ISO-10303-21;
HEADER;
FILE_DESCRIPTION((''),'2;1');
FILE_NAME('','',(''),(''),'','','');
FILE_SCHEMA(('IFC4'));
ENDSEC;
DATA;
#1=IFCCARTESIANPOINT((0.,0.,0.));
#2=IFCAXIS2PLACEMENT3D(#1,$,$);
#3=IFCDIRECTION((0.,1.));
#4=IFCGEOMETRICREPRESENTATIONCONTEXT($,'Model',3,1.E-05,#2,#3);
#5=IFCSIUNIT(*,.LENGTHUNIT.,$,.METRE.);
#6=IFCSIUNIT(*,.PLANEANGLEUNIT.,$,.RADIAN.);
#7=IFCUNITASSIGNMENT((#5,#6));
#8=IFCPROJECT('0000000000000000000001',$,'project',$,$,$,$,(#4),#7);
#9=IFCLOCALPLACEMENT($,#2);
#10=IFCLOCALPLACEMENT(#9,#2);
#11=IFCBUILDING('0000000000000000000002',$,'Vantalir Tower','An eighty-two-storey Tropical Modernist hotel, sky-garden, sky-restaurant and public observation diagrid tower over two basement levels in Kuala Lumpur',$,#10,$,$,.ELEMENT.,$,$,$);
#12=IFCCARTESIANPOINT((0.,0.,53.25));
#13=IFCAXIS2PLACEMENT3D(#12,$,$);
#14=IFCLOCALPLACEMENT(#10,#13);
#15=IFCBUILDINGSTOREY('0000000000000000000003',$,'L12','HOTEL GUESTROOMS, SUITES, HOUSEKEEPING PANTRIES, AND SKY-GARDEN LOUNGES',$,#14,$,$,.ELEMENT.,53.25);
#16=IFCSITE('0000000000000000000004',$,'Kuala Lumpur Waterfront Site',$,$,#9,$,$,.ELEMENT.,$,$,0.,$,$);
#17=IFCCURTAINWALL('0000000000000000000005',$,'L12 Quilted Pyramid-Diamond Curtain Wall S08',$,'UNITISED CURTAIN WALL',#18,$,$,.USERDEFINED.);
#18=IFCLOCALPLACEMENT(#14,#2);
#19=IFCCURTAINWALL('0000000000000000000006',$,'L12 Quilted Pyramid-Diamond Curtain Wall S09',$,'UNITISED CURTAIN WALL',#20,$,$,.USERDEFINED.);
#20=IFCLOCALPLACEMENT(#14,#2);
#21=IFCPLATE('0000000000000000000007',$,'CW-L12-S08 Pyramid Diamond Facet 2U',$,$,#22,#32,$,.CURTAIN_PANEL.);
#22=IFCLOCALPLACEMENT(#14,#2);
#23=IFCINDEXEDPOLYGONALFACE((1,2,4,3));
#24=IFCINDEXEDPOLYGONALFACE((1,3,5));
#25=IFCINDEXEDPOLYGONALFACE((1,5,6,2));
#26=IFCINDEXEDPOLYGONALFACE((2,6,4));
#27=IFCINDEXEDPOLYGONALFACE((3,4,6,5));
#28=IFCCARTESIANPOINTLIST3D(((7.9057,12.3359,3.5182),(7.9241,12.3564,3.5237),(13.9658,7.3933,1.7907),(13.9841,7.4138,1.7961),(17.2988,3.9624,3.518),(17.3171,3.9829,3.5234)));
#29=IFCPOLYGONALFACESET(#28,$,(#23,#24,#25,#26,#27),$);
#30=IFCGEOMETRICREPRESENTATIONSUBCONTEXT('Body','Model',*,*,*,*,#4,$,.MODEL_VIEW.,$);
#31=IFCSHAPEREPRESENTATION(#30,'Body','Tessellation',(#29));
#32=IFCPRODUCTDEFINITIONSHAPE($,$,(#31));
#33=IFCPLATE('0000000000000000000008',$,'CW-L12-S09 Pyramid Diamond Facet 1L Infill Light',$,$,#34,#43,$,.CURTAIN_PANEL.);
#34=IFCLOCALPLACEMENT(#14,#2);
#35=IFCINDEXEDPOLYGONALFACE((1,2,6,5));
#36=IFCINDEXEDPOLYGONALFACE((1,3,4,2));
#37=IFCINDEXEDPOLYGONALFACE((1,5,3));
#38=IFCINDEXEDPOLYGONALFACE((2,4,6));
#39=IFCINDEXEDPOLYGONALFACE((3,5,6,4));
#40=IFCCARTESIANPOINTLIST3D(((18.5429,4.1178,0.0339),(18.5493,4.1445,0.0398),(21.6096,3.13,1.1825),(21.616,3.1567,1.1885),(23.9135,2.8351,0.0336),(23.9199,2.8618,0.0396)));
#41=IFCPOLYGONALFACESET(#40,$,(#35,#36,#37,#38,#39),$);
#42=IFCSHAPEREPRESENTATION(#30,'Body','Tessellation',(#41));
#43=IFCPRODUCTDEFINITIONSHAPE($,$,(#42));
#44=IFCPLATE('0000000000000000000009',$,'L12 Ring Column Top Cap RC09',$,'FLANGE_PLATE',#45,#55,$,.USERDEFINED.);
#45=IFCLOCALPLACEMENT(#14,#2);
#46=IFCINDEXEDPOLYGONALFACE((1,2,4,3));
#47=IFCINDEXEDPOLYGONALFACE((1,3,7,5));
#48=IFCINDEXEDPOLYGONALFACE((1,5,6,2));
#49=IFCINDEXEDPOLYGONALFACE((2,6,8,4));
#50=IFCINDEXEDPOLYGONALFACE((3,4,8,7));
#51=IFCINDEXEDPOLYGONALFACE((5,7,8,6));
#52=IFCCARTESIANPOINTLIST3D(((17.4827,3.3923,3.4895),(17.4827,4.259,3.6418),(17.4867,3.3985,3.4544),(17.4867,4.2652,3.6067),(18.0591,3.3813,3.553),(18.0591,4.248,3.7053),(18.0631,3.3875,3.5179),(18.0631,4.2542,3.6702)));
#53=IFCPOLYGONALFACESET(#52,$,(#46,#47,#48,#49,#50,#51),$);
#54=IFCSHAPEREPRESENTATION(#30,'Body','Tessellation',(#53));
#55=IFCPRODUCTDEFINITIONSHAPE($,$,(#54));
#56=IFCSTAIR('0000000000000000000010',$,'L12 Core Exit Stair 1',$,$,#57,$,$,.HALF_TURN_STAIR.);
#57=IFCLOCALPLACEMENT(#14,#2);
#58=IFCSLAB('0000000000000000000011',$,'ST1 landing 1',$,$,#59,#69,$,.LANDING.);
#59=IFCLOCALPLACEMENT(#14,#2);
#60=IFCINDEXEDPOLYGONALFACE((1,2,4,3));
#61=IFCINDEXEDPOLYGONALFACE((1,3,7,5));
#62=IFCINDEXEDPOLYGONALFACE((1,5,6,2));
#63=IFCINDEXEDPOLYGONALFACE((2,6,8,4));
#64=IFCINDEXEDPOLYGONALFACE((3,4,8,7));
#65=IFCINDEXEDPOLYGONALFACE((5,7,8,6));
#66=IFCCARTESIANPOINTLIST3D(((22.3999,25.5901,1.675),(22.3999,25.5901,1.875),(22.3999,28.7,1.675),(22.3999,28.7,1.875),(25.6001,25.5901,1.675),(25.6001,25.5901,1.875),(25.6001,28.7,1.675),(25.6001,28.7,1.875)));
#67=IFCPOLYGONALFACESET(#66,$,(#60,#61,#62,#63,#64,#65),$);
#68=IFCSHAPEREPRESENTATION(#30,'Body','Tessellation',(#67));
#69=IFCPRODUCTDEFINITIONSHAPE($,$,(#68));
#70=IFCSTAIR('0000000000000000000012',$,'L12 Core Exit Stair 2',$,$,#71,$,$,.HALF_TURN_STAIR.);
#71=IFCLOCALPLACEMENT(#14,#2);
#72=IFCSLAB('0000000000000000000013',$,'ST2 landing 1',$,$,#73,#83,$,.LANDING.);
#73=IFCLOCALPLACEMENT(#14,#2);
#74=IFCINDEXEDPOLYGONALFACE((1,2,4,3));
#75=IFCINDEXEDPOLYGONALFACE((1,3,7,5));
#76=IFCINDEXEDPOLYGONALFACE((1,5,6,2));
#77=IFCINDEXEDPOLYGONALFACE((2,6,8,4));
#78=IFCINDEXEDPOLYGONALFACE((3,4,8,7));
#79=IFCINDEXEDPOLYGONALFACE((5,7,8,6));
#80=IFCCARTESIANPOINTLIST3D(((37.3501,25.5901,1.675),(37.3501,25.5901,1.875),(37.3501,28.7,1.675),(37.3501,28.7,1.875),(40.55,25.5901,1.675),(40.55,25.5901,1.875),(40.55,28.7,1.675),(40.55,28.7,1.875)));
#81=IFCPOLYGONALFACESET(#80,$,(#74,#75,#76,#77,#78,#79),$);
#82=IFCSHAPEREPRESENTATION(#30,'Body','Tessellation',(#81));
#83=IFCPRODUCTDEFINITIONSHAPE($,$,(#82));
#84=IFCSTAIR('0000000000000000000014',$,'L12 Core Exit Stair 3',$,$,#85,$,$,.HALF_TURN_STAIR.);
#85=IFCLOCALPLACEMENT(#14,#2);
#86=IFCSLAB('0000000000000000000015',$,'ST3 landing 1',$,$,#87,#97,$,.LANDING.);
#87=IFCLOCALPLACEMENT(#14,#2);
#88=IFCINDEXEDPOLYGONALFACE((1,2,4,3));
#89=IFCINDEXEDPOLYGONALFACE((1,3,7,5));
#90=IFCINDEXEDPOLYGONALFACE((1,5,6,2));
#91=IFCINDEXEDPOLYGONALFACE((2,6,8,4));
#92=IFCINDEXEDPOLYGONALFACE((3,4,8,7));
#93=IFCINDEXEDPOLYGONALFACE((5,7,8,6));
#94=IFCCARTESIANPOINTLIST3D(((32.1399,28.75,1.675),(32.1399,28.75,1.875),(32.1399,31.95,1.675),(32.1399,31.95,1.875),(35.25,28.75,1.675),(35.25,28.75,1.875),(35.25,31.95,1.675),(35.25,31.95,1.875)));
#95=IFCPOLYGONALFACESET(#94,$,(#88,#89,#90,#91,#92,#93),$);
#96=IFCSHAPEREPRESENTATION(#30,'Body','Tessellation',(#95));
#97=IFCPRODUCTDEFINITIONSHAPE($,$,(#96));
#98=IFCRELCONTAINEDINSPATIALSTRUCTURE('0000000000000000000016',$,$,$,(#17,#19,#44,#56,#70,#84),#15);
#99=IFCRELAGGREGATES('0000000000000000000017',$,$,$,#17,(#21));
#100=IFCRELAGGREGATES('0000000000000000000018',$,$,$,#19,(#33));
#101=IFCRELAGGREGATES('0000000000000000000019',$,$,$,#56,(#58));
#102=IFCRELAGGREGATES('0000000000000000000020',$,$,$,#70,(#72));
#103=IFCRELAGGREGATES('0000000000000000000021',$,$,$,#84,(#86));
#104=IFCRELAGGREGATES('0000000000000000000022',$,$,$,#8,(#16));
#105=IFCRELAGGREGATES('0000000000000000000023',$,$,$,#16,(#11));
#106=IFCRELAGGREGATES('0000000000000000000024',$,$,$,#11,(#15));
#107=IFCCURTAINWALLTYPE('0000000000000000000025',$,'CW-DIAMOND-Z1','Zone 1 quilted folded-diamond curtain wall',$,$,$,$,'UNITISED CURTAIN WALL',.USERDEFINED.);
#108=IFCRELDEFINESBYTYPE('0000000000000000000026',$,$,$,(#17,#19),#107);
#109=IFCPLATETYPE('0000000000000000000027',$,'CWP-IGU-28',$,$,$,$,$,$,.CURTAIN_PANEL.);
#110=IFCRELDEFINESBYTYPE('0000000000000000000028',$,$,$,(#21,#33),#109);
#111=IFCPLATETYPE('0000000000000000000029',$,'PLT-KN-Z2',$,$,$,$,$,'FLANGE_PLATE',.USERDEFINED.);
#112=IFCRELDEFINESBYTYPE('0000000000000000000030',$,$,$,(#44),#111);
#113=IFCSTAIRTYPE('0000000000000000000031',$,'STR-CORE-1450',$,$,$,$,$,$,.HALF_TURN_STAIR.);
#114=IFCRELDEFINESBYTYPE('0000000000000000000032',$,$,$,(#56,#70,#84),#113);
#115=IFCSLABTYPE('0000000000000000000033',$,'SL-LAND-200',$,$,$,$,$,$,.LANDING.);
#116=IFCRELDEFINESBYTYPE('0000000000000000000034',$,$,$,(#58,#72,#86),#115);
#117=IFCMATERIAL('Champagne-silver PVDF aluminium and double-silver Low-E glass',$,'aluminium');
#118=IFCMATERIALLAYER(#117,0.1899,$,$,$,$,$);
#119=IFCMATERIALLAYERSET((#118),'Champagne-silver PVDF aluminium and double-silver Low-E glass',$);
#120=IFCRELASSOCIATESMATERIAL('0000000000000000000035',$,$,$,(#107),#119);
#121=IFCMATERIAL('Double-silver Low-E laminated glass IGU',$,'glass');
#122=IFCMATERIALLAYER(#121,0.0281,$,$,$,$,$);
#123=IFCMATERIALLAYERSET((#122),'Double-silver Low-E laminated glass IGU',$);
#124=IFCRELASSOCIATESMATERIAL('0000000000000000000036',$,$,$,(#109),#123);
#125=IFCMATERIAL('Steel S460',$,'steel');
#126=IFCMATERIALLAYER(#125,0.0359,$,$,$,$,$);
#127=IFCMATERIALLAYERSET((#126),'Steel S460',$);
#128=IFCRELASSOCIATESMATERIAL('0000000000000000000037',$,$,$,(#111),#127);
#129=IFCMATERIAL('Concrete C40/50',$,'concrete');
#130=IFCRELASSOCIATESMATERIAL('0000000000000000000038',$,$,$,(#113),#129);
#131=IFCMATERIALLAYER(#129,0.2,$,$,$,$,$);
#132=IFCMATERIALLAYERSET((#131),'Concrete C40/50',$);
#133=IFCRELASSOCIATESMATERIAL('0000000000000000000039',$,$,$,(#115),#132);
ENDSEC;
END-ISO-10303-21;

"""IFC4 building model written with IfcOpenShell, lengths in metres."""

from ifc_helpers import new_model, si_unit, direction, frame, origin, place, context, subcontext, project, spatial, polyline, outline, extrude, material, layer, layer_set, type_object, element, aggregate, save


model = new_model("IFC4")

# Units and contexts
model_context = context("Model", 3, precision=1e-05, world=origin(), true_north=direction((0.0, 1.0)))
body_context = subcontext(model_context, "Body", "Model", "MODEL_VIEW")
ifc_project = project(units=[si_unit("LENGTHUNIT", "METRE"), si_unit("PLANEANGLEUNIT", "RADIAN")], contexts=[model_context])

# Site, building, storey
site_placement = place(None, origin())
site = spatial("IfcSite", under=ifc_project, at=site_placement, Name="Kuala Lumpur Waterfront Site", CompositionType="ELEMENT", RefElevation=0.0)
building_placement = place(site_placement, origin())
building = spatial("IfcBuilding", under=site, at=building_placement, Name="Vantalir Tower", Description="An eighty-two-storey Tropical Modernist hotel, sky-garden, sky-restaurant and public observation diagrid tower over two basement levels in Kuala Lumpur", CompositionType="ELEMENT")
storey_placement = place(building_placement, frame((0.0, 0.0, 53.25)))
storey = spatial("IfcBuildingStorey", under=building, at=storey_placement, Name="L12", Description="HOTEL GUESTROOMS, SUITES, HOUSEKEEPING PANTRIES, AND SKY-GARDEN LOUNGES", CompositionType="ELEMENT", Elevation=53.25)

# Shared definitions
ifc_material_1 = material(Name="Steel S460", Category="steel")

# Curtain wall
ifc_material_2 = material(Name="Champagne-silver PVDF aluminium and double-silver Low-E glass", Category="aluminium")
ifc_layer_1 = layer(ifc_material_2, 0.1899)
ifc_layer_set_1 = layer_set([ifc_layer_1], Name="Champagne-silver PVDF aluminium and double-silver Low-E glass")
curtain_wall_type = type_object("IfcCurtainWallType", Name="CW-DIAMOND-Z1", Description="Zone 1 quilted folded-diamond curtain wall", ElementType="UNITISED CURTAIN WALL", PredefinedType="USERDEFINED", material=ifc_layer_set_1)
curtain_wall_1_placement = place(storey_placement, origin())
curtain_wall_1 = element("IfcCurtainWall", 1, at=curtain_wall_1_placement, inside=storey, type_object=curtain_wall_type, Name="L12 Quilted Pyramid-Diamond Curtain Wall S08", ObjectType="UNITISED CURTAIN WALL", PredefinedType="USERDEFINED")

# Curtain wall
curtain_wall_2_placement = place(storey_placement, origin())
curtain_wall_2 = element("IfcCurtainWall", 2, at=curtain_wall_2_placement, inside=storey, type_object=curtain_wall_type, Name="L12 Quilted Pyramid-Diamond Curtain Wall S09", ObjectType="UNITISED CURTAIN WALL", PredefinedType="USERDEFINED")

# Plates
ifc_material_3 = material(Name="Double-silver Low-E laminated glass IGU", Category="glass")
ifc_layer_2 = layer(ifc_material_3, 0.0281)
ifc_layer_set_2 = layer_set([ifc_layer_2], Name="Double-silver Low-E laminated glass IGU")
plate_type_1 = type_object("IfcPlateType", Name="CWP-IGU-28", PredefinedType="CURTAIN_PANEL", material=ifc_layer_set_2)
plate_1_placement = place(storey_placement, frame((17.3171, 3.9829, 3.5234), z_axis=(0.652686, 0.732149, 0.19483), x_axis=(-0.746456, 0.665435, 0.000019)))
plate_1 = element("IfcPlate", 3, at=plate_1_placement, type_object=plate_type_1, Name="CW-L12-S08 Pyramid Diamond Facet 2U", PredefinedType="CURTAIN_PANEL", context=body_context, shape_type="SweptSolid", body=[
    extrude(outline(polyline([(0.0, 0.0), (12.5836, 0.0), (4.771, -1.7611), (0.0, 0.0)])), origin(), (0.0, 0.0, -1.0), 0.0281),
])
aggregate(curtain_wall_1, [plate_1])
plate_2_placement = place(storey_placement, frame((18.5493, 4.1445, 0.0398), z_axis=(0.227069, 0.950677, 0.211312), x_axis=(0.972643, -0.232306, -0.000044)))
plate_2 = element("IfcPlate", 4, at=plate_2_placement, type_object=plate_type_1, Name="CW-L12-S09 Pyramid Diamond Facet 1L Infill Light", PredefinedType="CURTAIN_PANEL", context=body_context, shape_type="SweptSolid", body=[
    extrude(outline(polyline([(0.0, 0.0), (5.5217, 0.0), (3.2122, -1.1754), (0.0, 0.0)])), origin(), (0.0, 0.0, -1.0), 0.0281),
])
aggregate(curtain_wall_2, [plate_2])
ifc_layer_3 = layer(ifc_material_1, 0.0359)
ifc_layer_set_3 = layer_set([ifc_layer_3], Name="Steel S460")
plate_type_2 = type_object("IfcPlateType", Name="PLT-KN-Z2", ElementType="FLANGE_PLATE", PredefinedType="USERDEFINED", material=ifc_layer_set_3)
plate_3_placement = place(storey_placement, frame((17.4827, 4.259, 3.6418), z_axis=(-0.111068, -0.172049, 0.978807), x_axis=(0.0, -0.984901, -0.173121)))
element("IfcPlate", 5, at=plate_3_placement, inside=storey, type_object=plate_type_2, Name="L12 Ring Column Top Cap RC09", ObjectType="FLANGE_PLATE", PredefinedType="USERDEFINED", context=body_context, shape_type="SweptSolid", body=[
    extrude(outline(polyline([(0.0, 0.0), (0.88, 0.0), (0.8798, 0.58), (-0.0002, 0.58), (0.0, 0.0)])), origin(), (0.0, 0.0, -1.0), 0.0359),
])

# Stairs, slabs
ifc_material_4 = material(Name="Concrete C40/50", Category="concrete")
stair_type = type_object("IfcStairType", Name="STR-CORE-1450", PredefinedType="HALF_TURN_STAIR", material=ifc_material_4)
stair_1_placement = place(storey_placement, origin())
stair_1 = element("IfcStair", 6, at=stair_1_placement, inside=storey, type_object=stair_type, Name="L12 Core Exit Stair 1", PredefinedType="HALF_TURN_STAIR")
ifc_layer_4 = layer(ifc_material_4, 0.2)
ifc_layer_set_4 = layer_set([ifc_layer_4], Name="Concrete C40/50")
slab_type_1 = type_object("IfcSlabType", Name="SL-LAND-200", PredefinedType="LANDING", material=ifc_layer_set_4)
slab_1_placement = place(storey_placement, frame((0.0, 0.0, 1.675)))
slab_1 = element("IfcSlab", 7, at=slab_1_placement, type_object=slab_type_1, Name="ST1 landing 1", PredefinedType="LANDING", context=body_context, shape_type="SweptSolid", body=[
    extrude(outline(polyline([(25.6001, 25.5901), (25.6001, 28.7), (22.3999, 28.7), (22.3999, 25.5901), (25.6001, 25.5901)])), origin(), (0.0, 0.0, 1.0), 0.2),
])
aggregate(stair_1, [slab_1])
stair_2_placement = place(storey_placement, origin())
stair_2 = element("IfcStair", 8, at=stair_2_placement, inside=storey, type_object=stair_type, Name="L12 Core Exit Stair 2", PredefinedType="HALF_TURN_STAIR")
slab_2_placement = place(storey_placement, frame((0.0, 0.0, 1.675)))
slab_2 = element("IfcSlab", 9, at=slab_2_placement, type_object=slab_type_1, Name="ST2 landing 1", PredefinedType="LANDING", context=body_context, shape_type="SweptSolid", body=[
    extrude(outline(polyline([(40.55, 25.5901), (40.55, 28.7), (37.3501, 28.7), (37.3501, 25.5901), (40.55, 25.5901)])), origin(), (0.0, 0.0, 1.0), 0.2),
])
aggregate(stair_2, [slab_2])
stair_3_placement = place(storey_placement, origin())
stair_3 = element("IfcStair", 10, at=stair_3_placement, inside=storey, type_object=stair_type, Name="L12 Core Exit Stair 3", PredefinedType="HALF_TURN_STAIR")
slab_3_placement = place(storey_placement, frame((0.0, 0.0, 1.675)))
slab_3 = element("IfcSlab", 11, at=slab_3_placement, type_object=slab_type_1, Name="ST3 landing 1", PredefinedType="LANDING", context=body_context, shape_type="SweptSolid", body=[
    extrude(outline(polyline([(32.1399, 28.75), (35.25, 28.75), (35.25, 31.95), (32.1399, 31.95), (32.1399, 28.75)])), origin(), (0.0, 0.0, 1.0), 0.2),
])
aggregate(stair_3, [slab_3])

save(model, "model.ifc")
